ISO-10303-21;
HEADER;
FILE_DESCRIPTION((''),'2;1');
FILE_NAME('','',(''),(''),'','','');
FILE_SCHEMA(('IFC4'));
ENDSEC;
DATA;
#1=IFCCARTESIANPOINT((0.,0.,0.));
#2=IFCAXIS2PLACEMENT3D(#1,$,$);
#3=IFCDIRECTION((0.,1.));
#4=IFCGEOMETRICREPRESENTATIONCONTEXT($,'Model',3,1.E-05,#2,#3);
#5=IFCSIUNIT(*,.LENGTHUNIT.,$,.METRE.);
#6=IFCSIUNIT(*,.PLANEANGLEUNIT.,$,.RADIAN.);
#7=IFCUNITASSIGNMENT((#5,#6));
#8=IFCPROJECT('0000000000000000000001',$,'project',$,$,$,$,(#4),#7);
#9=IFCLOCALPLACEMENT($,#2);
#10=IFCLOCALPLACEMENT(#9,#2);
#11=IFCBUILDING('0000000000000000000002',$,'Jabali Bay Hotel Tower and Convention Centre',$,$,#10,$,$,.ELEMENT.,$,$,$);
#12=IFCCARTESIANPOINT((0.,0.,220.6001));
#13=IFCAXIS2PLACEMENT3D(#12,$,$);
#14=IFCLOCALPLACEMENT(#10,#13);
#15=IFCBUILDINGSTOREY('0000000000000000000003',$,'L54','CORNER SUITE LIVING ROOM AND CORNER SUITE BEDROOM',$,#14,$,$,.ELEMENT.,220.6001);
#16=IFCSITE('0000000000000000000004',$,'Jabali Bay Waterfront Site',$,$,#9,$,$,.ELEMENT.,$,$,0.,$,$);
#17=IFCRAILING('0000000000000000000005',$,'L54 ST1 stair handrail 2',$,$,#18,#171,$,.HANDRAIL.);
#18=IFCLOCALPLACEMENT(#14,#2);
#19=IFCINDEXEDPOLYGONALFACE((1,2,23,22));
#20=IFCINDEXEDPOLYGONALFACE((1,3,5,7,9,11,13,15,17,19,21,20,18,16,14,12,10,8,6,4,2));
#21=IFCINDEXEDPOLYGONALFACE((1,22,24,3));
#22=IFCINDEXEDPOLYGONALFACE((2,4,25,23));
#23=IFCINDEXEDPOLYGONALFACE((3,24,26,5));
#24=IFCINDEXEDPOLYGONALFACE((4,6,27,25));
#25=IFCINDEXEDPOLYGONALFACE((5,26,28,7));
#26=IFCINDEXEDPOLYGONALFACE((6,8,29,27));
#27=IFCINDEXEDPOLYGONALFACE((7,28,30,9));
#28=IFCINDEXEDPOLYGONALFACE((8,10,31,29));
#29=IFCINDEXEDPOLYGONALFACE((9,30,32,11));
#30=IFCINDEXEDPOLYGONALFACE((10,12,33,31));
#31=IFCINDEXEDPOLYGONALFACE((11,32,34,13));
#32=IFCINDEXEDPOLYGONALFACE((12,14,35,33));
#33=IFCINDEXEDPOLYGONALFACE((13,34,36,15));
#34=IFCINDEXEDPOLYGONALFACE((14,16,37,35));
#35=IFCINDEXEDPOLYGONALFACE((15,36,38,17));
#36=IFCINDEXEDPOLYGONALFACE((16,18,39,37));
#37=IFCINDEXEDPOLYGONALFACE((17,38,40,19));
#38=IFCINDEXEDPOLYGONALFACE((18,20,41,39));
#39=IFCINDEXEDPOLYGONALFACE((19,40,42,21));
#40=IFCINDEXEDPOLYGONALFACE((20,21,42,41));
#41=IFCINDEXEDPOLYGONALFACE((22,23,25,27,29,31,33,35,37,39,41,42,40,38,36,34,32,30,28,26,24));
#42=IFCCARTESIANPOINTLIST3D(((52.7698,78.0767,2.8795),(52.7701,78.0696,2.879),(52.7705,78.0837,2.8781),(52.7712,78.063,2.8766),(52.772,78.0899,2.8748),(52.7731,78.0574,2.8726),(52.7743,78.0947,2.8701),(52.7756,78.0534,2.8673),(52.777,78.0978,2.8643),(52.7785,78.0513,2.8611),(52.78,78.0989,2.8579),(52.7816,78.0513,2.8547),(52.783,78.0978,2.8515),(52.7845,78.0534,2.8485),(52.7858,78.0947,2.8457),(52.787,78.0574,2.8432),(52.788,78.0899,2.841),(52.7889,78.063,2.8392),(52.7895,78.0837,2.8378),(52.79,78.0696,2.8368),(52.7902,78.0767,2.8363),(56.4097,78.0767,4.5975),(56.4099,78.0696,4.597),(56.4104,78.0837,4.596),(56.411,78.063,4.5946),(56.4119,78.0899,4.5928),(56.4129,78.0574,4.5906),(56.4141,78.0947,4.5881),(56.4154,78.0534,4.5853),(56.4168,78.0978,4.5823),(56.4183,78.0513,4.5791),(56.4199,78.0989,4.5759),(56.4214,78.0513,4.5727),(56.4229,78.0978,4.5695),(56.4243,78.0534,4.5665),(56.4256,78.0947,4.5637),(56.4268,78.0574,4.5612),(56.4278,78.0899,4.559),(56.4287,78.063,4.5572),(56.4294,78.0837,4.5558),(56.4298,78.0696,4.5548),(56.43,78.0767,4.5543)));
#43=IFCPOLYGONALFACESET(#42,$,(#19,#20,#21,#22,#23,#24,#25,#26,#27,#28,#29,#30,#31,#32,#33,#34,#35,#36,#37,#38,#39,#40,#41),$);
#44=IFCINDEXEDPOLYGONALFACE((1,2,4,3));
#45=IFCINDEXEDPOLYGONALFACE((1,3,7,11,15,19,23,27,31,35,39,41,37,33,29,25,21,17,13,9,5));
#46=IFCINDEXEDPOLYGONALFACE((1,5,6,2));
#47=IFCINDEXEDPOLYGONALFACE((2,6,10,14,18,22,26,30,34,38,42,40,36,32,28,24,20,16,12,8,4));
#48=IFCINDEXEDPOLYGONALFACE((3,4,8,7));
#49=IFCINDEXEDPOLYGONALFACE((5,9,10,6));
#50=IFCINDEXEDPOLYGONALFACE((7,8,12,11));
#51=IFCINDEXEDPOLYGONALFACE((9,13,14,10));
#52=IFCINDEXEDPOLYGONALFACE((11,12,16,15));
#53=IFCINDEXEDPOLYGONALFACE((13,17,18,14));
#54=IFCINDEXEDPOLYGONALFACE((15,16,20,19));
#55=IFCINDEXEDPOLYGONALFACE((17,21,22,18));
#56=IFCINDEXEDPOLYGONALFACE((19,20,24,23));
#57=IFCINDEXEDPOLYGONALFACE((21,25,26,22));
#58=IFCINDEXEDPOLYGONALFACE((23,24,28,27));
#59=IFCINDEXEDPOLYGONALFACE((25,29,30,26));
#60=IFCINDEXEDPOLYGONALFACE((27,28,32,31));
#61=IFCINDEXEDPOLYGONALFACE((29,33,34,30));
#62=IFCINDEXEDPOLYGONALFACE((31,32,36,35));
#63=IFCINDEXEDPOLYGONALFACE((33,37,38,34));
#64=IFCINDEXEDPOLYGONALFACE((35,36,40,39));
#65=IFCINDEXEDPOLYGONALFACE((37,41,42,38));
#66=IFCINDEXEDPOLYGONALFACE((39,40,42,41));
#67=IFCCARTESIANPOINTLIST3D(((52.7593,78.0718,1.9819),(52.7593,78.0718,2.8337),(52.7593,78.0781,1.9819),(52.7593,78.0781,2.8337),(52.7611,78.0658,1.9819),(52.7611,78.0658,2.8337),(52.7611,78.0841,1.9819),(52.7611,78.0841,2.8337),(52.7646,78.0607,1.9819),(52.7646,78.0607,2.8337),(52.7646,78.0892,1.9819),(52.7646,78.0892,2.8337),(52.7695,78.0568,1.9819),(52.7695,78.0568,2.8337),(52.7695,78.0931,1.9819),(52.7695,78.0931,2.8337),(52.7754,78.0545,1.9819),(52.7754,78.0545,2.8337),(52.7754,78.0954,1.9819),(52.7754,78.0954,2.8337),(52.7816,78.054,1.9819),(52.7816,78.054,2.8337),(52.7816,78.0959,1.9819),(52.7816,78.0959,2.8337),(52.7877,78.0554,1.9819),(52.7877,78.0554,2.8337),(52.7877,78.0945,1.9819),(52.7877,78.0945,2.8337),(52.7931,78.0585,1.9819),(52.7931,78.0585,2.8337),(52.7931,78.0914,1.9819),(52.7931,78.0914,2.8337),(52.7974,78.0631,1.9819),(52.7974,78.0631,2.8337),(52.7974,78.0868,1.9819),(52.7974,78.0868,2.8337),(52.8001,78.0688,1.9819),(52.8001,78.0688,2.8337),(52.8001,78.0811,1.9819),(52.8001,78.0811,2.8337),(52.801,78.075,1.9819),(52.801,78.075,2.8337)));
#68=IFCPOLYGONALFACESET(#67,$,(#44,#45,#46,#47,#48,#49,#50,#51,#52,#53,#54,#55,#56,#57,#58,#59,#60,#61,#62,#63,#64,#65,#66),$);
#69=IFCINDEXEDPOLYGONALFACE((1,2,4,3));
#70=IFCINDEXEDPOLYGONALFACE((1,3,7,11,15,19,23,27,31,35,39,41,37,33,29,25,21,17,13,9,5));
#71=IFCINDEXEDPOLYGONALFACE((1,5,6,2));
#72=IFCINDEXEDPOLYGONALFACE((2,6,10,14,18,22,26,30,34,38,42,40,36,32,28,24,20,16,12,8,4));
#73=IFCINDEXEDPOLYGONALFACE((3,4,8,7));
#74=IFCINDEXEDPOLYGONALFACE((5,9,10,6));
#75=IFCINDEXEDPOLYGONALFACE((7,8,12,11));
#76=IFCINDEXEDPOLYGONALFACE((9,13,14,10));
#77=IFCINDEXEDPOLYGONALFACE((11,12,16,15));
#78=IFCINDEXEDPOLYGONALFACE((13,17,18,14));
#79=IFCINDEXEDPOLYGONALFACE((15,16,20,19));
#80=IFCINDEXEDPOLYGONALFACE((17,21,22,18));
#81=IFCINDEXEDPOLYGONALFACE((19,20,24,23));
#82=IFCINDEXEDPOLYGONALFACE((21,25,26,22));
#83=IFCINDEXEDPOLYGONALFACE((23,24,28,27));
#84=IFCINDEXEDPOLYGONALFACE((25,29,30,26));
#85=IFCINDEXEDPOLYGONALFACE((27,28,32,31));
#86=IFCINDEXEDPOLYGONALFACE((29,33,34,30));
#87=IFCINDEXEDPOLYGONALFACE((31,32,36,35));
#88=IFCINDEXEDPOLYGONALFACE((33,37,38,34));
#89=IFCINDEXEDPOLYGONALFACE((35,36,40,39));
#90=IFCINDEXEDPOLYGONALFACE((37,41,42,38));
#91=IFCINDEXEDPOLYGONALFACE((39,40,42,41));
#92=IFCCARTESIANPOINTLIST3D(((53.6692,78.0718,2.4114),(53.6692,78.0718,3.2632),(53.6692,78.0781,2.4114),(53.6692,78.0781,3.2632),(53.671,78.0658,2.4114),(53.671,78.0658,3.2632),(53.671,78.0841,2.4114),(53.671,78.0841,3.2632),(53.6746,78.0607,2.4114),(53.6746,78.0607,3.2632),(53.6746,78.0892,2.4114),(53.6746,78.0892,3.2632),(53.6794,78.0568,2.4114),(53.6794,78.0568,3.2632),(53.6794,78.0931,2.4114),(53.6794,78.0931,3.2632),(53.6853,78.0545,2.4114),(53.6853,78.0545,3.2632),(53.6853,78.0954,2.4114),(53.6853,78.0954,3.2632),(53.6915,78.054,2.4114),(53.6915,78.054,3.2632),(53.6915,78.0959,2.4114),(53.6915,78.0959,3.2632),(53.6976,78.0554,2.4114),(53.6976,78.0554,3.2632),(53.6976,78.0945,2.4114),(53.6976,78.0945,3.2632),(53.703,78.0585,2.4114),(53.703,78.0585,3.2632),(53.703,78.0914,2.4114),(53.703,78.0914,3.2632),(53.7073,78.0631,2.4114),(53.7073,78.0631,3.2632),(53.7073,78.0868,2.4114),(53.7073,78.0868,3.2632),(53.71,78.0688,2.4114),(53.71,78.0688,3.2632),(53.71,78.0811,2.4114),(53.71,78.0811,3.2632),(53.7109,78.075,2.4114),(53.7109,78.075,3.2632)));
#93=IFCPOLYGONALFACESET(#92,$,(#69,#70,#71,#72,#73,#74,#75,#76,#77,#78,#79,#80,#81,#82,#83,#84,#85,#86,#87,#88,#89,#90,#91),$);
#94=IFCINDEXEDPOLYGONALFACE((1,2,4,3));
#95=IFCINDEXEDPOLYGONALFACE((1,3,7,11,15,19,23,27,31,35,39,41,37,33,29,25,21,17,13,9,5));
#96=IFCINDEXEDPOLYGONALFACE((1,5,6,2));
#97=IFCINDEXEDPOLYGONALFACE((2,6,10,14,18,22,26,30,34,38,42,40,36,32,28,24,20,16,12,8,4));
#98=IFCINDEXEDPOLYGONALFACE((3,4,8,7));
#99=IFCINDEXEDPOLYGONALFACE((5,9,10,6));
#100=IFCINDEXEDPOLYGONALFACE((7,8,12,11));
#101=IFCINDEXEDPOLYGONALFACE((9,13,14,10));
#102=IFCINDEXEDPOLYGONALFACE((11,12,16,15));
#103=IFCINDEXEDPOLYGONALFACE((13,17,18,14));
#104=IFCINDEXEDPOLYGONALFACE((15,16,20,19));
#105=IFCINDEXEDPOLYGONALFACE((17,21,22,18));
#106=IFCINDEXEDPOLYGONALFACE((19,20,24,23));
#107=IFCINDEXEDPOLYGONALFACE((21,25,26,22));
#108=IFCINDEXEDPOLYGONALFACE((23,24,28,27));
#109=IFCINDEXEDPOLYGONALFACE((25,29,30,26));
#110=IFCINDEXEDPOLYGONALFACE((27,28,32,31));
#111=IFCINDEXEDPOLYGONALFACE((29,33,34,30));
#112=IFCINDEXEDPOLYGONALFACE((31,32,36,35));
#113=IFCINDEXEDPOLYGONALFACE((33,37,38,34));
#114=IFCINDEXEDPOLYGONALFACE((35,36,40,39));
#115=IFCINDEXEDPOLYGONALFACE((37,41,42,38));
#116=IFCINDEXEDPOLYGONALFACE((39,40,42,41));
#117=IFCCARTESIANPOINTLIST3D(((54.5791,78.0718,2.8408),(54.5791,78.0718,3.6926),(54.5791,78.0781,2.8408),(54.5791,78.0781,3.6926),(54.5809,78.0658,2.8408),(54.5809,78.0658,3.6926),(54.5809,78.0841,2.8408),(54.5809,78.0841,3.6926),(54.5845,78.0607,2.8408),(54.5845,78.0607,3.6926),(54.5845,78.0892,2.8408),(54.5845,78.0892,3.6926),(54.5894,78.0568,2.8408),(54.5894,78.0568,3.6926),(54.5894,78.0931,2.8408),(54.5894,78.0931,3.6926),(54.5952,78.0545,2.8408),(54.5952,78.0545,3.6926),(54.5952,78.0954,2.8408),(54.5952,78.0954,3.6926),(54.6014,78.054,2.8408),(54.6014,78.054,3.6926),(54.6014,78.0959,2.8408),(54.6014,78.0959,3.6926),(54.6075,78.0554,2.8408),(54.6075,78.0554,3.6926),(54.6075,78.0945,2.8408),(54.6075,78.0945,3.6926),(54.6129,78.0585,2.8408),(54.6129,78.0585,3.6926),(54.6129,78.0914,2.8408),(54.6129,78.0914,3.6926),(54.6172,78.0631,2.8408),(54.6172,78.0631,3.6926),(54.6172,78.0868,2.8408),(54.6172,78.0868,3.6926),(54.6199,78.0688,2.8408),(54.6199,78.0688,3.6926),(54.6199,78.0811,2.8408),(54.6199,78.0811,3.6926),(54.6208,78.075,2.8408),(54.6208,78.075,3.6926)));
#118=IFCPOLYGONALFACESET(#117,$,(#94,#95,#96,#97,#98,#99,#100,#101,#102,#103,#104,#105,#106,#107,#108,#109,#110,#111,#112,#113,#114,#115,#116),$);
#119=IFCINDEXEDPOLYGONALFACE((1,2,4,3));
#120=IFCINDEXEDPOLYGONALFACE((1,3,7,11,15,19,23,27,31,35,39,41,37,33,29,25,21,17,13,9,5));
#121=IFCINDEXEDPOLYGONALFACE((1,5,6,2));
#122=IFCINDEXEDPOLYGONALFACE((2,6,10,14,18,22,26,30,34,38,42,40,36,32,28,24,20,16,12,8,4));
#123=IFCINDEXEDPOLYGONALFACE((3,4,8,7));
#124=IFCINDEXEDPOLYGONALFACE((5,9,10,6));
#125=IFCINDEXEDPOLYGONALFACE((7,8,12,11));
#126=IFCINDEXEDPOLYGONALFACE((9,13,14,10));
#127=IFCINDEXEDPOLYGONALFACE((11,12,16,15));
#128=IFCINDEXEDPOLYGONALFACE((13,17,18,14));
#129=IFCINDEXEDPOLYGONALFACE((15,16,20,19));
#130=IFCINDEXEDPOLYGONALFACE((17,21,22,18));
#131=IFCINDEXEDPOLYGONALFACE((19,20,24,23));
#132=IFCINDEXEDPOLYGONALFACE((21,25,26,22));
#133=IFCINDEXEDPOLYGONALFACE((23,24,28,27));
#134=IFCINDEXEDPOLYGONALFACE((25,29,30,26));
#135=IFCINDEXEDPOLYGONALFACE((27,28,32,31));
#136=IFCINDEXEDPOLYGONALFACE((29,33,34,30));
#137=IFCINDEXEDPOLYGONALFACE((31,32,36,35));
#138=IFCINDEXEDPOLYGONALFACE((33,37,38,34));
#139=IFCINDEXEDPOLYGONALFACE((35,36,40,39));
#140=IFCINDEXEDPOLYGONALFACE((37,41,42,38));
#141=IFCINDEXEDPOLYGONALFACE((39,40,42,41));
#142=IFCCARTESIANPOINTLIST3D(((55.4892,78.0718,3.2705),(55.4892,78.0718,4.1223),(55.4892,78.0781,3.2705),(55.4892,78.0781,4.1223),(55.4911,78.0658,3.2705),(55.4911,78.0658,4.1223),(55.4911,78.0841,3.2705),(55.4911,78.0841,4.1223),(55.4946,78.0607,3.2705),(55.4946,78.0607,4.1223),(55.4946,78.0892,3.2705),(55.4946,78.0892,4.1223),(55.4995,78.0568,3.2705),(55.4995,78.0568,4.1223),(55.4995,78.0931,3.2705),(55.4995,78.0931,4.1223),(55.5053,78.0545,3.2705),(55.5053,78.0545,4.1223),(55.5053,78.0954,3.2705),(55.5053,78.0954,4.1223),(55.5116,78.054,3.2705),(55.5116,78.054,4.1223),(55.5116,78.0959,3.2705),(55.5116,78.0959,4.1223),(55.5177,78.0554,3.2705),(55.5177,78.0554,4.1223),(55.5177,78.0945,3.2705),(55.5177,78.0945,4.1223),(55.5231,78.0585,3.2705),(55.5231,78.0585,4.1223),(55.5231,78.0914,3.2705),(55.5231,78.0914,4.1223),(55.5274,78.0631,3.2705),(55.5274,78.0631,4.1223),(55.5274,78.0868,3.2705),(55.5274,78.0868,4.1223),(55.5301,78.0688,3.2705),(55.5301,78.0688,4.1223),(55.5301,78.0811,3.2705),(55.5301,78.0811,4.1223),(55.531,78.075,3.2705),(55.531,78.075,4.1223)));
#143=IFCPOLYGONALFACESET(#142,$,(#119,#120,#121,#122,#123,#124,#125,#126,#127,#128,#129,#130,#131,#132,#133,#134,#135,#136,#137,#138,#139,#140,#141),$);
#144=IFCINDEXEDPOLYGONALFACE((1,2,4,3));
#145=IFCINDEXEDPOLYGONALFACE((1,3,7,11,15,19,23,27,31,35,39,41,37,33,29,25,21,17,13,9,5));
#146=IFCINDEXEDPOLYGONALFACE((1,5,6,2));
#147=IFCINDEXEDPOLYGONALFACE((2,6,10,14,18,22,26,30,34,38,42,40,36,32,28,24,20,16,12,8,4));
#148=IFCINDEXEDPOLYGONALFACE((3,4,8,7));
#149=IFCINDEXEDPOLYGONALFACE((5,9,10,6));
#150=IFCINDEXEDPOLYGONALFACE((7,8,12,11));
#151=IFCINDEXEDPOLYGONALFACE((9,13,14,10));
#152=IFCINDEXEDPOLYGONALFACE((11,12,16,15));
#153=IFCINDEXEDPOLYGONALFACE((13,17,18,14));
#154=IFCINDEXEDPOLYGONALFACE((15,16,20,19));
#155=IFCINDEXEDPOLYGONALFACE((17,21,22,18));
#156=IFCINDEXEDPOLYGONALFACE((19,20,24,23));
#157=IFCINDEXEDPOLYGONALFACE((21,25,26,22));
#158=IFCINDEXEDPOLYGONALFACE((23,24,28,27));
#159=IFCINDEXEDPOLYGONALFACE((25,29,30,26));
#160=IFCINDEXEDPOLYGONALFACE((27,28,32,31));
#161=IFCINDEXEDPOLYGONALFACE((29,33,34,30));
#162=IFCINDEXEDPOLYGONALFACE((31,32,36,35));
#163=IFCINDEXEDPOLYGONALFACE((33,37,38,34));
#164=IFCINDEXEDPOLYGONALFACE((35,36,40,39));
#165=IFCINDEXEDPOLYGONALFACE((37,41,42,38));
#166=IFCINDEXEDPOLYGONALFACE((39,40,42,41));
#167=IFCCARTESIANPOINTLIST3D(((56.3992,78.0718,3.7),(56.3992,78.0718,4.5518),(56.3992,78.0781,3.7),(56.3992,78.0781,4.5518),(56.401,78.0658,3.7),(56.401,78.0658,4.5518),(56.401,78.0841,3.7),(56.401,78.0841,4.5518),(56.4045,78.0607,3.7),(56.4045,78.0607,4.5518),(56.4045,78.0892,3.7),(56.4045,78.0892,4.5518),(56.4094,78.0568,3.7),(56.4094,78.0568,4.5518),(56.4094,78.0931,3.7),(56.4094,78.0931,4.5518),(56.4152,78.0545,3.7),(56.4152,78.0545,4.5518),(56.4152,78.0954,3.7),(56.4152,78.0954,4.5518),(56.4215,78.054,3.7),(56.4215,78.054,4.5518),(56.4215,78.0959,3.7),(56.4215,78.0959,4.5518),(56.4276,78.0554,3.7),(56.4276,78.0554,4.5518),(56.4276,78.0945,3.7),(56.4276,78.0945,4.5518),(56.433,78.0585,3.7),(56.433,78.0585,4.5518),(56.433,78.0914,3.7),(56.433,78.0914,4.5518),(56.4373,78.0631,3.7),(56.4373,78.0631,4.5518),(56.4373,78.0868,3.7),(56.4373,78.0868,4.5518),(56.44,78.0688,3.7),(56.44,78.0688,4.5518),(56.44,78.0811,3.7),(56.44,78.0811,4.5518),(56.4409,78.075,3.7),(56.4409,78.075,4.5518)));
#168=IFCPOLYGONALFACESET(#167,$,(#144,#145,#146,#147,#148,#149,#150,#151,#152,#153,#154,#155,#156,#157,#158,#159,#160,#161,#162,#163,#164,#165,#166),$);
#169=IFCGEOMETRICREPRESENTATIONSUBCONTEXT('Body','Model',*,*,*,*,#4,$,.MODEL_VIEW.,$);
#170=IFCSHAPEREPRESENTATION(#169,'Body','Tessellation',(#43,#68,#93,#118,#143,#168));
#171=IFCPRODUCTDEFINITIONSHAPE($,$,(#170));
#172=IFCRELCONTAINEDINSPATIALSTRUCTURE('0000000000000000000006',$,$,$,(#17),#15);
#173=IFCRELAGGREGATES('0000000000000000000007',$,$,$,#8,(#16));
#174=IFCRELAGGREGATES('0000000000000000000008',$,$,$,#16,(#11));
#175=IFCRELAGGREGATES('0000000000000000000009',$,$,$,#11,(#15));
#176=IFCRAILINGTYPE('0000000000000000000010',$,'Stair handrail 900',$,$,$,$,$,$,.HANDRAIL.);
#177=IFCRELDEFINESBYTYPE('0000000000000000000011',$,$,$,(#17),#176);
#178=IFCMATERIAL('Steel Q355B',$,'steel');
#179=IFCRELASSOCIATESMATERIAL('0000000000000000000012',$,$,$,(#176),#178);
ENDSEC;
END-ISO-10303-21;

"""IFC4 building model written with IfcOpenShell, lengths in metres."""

from ifc_helpers import new_model, si_unit, direction, frame, origin, origin_2d, place, context, subcontext, project, spatial, circle, extrude, material, type_object, element, save


model = new_model("IFC4")

# Units and contexts
model_context = context("Model", 3, precision=1e-05, world=origin(), true_north=direction((0.0, 1.0)))
body_context = subcontext(model_context, "Body", "Model", "MODEL_VIEW")
ifc_project = project(units=[si_unit("LENGTHUNIT", "METRE"), si_unit("PLANEANGLEUNIT", "RADIAN")], contexts=[model_context])

# Site, building, storey
site_placement = place(None, origin())
site = spatial("IfcSite", under=ifc_project, at=site_placement, Name="Jabali Bay Waterfront Site", CompositionType="ELEMENT", RefElevation=0.0)
building_placement = place(site_placement, origin())
building = spatial("IfcBuilding", under=site, at=building_placement, Name="Jabali Bay Hotel Tower and Convention Centre", CompositionType="ELEMENT")
storey_placement = place(building_placement, frame((0.0, 0.0, 220.6001)))
storey = spatial("IfcBuildingStorey", under=building, at=storey_placement, Name="L54", Description="CORNER SUITE LIVING ROOM AND CORNER SUITE BEDROOM", CompositionType="ELEMENT", Elevation=220.6001)

# Railing
ifc_material_1 = material(Name="Steel Q355B", Category="steel")
railing_type = type_object("IfcRailingType", Name="Stair handrail 900", PredefinedType="HANDRAIL", material=ifc_material_1)
railing_placement = place(storey_placement, frame((52.78, 78.075, 1.9819)))
element("IfcRailing", 1, at=railing_placement, inside=storey, type_object=railing_type, Name="L54 ST1 stair handrail 2", PredefinedType="HANDRAIL", context=body_context, shape_type="SweptSolid", body=[
    extrude(circle(Radius=0.0239, at=origin_2d()), frame((0.0, 0.0, 0.876), z_axis=(0.904327, 0.0, 0.42684), x_axis=(0.0, 1.0, 0.0)), (0.0, 0.0, 1.0), 4.0249),
    extrude(circle(Radius=0.021, at=origin_2d()), origin(), (0.0, 0.0, 1.0), 0.8518),
    extrude(circle(Radius=0.021, at=origin_2d()), frame((0.9099, 0.0, 0.4294)), (0.0, 0.0, 1.0), 0.8518),
    extrude(circle(Radius=0.021, at=origin_2d()), frame((1.8198, 0.0, 0.8589)), (0.0, 0.0, 1.0), 0.8518),
    extrude(circle(Radius=0.021, at=origin_2d()), frame((2.73, 0.0, 1.2886)), (0.0, 0.0, 1.0), 0.8518),
    extrude(circle(Radius=0.021, at=origin_2d()), frame((3.6399, 0.0, 1.718)), (0.0, 0.0, 1.0), 0.8518),
])

save(model, "model.ifc")
